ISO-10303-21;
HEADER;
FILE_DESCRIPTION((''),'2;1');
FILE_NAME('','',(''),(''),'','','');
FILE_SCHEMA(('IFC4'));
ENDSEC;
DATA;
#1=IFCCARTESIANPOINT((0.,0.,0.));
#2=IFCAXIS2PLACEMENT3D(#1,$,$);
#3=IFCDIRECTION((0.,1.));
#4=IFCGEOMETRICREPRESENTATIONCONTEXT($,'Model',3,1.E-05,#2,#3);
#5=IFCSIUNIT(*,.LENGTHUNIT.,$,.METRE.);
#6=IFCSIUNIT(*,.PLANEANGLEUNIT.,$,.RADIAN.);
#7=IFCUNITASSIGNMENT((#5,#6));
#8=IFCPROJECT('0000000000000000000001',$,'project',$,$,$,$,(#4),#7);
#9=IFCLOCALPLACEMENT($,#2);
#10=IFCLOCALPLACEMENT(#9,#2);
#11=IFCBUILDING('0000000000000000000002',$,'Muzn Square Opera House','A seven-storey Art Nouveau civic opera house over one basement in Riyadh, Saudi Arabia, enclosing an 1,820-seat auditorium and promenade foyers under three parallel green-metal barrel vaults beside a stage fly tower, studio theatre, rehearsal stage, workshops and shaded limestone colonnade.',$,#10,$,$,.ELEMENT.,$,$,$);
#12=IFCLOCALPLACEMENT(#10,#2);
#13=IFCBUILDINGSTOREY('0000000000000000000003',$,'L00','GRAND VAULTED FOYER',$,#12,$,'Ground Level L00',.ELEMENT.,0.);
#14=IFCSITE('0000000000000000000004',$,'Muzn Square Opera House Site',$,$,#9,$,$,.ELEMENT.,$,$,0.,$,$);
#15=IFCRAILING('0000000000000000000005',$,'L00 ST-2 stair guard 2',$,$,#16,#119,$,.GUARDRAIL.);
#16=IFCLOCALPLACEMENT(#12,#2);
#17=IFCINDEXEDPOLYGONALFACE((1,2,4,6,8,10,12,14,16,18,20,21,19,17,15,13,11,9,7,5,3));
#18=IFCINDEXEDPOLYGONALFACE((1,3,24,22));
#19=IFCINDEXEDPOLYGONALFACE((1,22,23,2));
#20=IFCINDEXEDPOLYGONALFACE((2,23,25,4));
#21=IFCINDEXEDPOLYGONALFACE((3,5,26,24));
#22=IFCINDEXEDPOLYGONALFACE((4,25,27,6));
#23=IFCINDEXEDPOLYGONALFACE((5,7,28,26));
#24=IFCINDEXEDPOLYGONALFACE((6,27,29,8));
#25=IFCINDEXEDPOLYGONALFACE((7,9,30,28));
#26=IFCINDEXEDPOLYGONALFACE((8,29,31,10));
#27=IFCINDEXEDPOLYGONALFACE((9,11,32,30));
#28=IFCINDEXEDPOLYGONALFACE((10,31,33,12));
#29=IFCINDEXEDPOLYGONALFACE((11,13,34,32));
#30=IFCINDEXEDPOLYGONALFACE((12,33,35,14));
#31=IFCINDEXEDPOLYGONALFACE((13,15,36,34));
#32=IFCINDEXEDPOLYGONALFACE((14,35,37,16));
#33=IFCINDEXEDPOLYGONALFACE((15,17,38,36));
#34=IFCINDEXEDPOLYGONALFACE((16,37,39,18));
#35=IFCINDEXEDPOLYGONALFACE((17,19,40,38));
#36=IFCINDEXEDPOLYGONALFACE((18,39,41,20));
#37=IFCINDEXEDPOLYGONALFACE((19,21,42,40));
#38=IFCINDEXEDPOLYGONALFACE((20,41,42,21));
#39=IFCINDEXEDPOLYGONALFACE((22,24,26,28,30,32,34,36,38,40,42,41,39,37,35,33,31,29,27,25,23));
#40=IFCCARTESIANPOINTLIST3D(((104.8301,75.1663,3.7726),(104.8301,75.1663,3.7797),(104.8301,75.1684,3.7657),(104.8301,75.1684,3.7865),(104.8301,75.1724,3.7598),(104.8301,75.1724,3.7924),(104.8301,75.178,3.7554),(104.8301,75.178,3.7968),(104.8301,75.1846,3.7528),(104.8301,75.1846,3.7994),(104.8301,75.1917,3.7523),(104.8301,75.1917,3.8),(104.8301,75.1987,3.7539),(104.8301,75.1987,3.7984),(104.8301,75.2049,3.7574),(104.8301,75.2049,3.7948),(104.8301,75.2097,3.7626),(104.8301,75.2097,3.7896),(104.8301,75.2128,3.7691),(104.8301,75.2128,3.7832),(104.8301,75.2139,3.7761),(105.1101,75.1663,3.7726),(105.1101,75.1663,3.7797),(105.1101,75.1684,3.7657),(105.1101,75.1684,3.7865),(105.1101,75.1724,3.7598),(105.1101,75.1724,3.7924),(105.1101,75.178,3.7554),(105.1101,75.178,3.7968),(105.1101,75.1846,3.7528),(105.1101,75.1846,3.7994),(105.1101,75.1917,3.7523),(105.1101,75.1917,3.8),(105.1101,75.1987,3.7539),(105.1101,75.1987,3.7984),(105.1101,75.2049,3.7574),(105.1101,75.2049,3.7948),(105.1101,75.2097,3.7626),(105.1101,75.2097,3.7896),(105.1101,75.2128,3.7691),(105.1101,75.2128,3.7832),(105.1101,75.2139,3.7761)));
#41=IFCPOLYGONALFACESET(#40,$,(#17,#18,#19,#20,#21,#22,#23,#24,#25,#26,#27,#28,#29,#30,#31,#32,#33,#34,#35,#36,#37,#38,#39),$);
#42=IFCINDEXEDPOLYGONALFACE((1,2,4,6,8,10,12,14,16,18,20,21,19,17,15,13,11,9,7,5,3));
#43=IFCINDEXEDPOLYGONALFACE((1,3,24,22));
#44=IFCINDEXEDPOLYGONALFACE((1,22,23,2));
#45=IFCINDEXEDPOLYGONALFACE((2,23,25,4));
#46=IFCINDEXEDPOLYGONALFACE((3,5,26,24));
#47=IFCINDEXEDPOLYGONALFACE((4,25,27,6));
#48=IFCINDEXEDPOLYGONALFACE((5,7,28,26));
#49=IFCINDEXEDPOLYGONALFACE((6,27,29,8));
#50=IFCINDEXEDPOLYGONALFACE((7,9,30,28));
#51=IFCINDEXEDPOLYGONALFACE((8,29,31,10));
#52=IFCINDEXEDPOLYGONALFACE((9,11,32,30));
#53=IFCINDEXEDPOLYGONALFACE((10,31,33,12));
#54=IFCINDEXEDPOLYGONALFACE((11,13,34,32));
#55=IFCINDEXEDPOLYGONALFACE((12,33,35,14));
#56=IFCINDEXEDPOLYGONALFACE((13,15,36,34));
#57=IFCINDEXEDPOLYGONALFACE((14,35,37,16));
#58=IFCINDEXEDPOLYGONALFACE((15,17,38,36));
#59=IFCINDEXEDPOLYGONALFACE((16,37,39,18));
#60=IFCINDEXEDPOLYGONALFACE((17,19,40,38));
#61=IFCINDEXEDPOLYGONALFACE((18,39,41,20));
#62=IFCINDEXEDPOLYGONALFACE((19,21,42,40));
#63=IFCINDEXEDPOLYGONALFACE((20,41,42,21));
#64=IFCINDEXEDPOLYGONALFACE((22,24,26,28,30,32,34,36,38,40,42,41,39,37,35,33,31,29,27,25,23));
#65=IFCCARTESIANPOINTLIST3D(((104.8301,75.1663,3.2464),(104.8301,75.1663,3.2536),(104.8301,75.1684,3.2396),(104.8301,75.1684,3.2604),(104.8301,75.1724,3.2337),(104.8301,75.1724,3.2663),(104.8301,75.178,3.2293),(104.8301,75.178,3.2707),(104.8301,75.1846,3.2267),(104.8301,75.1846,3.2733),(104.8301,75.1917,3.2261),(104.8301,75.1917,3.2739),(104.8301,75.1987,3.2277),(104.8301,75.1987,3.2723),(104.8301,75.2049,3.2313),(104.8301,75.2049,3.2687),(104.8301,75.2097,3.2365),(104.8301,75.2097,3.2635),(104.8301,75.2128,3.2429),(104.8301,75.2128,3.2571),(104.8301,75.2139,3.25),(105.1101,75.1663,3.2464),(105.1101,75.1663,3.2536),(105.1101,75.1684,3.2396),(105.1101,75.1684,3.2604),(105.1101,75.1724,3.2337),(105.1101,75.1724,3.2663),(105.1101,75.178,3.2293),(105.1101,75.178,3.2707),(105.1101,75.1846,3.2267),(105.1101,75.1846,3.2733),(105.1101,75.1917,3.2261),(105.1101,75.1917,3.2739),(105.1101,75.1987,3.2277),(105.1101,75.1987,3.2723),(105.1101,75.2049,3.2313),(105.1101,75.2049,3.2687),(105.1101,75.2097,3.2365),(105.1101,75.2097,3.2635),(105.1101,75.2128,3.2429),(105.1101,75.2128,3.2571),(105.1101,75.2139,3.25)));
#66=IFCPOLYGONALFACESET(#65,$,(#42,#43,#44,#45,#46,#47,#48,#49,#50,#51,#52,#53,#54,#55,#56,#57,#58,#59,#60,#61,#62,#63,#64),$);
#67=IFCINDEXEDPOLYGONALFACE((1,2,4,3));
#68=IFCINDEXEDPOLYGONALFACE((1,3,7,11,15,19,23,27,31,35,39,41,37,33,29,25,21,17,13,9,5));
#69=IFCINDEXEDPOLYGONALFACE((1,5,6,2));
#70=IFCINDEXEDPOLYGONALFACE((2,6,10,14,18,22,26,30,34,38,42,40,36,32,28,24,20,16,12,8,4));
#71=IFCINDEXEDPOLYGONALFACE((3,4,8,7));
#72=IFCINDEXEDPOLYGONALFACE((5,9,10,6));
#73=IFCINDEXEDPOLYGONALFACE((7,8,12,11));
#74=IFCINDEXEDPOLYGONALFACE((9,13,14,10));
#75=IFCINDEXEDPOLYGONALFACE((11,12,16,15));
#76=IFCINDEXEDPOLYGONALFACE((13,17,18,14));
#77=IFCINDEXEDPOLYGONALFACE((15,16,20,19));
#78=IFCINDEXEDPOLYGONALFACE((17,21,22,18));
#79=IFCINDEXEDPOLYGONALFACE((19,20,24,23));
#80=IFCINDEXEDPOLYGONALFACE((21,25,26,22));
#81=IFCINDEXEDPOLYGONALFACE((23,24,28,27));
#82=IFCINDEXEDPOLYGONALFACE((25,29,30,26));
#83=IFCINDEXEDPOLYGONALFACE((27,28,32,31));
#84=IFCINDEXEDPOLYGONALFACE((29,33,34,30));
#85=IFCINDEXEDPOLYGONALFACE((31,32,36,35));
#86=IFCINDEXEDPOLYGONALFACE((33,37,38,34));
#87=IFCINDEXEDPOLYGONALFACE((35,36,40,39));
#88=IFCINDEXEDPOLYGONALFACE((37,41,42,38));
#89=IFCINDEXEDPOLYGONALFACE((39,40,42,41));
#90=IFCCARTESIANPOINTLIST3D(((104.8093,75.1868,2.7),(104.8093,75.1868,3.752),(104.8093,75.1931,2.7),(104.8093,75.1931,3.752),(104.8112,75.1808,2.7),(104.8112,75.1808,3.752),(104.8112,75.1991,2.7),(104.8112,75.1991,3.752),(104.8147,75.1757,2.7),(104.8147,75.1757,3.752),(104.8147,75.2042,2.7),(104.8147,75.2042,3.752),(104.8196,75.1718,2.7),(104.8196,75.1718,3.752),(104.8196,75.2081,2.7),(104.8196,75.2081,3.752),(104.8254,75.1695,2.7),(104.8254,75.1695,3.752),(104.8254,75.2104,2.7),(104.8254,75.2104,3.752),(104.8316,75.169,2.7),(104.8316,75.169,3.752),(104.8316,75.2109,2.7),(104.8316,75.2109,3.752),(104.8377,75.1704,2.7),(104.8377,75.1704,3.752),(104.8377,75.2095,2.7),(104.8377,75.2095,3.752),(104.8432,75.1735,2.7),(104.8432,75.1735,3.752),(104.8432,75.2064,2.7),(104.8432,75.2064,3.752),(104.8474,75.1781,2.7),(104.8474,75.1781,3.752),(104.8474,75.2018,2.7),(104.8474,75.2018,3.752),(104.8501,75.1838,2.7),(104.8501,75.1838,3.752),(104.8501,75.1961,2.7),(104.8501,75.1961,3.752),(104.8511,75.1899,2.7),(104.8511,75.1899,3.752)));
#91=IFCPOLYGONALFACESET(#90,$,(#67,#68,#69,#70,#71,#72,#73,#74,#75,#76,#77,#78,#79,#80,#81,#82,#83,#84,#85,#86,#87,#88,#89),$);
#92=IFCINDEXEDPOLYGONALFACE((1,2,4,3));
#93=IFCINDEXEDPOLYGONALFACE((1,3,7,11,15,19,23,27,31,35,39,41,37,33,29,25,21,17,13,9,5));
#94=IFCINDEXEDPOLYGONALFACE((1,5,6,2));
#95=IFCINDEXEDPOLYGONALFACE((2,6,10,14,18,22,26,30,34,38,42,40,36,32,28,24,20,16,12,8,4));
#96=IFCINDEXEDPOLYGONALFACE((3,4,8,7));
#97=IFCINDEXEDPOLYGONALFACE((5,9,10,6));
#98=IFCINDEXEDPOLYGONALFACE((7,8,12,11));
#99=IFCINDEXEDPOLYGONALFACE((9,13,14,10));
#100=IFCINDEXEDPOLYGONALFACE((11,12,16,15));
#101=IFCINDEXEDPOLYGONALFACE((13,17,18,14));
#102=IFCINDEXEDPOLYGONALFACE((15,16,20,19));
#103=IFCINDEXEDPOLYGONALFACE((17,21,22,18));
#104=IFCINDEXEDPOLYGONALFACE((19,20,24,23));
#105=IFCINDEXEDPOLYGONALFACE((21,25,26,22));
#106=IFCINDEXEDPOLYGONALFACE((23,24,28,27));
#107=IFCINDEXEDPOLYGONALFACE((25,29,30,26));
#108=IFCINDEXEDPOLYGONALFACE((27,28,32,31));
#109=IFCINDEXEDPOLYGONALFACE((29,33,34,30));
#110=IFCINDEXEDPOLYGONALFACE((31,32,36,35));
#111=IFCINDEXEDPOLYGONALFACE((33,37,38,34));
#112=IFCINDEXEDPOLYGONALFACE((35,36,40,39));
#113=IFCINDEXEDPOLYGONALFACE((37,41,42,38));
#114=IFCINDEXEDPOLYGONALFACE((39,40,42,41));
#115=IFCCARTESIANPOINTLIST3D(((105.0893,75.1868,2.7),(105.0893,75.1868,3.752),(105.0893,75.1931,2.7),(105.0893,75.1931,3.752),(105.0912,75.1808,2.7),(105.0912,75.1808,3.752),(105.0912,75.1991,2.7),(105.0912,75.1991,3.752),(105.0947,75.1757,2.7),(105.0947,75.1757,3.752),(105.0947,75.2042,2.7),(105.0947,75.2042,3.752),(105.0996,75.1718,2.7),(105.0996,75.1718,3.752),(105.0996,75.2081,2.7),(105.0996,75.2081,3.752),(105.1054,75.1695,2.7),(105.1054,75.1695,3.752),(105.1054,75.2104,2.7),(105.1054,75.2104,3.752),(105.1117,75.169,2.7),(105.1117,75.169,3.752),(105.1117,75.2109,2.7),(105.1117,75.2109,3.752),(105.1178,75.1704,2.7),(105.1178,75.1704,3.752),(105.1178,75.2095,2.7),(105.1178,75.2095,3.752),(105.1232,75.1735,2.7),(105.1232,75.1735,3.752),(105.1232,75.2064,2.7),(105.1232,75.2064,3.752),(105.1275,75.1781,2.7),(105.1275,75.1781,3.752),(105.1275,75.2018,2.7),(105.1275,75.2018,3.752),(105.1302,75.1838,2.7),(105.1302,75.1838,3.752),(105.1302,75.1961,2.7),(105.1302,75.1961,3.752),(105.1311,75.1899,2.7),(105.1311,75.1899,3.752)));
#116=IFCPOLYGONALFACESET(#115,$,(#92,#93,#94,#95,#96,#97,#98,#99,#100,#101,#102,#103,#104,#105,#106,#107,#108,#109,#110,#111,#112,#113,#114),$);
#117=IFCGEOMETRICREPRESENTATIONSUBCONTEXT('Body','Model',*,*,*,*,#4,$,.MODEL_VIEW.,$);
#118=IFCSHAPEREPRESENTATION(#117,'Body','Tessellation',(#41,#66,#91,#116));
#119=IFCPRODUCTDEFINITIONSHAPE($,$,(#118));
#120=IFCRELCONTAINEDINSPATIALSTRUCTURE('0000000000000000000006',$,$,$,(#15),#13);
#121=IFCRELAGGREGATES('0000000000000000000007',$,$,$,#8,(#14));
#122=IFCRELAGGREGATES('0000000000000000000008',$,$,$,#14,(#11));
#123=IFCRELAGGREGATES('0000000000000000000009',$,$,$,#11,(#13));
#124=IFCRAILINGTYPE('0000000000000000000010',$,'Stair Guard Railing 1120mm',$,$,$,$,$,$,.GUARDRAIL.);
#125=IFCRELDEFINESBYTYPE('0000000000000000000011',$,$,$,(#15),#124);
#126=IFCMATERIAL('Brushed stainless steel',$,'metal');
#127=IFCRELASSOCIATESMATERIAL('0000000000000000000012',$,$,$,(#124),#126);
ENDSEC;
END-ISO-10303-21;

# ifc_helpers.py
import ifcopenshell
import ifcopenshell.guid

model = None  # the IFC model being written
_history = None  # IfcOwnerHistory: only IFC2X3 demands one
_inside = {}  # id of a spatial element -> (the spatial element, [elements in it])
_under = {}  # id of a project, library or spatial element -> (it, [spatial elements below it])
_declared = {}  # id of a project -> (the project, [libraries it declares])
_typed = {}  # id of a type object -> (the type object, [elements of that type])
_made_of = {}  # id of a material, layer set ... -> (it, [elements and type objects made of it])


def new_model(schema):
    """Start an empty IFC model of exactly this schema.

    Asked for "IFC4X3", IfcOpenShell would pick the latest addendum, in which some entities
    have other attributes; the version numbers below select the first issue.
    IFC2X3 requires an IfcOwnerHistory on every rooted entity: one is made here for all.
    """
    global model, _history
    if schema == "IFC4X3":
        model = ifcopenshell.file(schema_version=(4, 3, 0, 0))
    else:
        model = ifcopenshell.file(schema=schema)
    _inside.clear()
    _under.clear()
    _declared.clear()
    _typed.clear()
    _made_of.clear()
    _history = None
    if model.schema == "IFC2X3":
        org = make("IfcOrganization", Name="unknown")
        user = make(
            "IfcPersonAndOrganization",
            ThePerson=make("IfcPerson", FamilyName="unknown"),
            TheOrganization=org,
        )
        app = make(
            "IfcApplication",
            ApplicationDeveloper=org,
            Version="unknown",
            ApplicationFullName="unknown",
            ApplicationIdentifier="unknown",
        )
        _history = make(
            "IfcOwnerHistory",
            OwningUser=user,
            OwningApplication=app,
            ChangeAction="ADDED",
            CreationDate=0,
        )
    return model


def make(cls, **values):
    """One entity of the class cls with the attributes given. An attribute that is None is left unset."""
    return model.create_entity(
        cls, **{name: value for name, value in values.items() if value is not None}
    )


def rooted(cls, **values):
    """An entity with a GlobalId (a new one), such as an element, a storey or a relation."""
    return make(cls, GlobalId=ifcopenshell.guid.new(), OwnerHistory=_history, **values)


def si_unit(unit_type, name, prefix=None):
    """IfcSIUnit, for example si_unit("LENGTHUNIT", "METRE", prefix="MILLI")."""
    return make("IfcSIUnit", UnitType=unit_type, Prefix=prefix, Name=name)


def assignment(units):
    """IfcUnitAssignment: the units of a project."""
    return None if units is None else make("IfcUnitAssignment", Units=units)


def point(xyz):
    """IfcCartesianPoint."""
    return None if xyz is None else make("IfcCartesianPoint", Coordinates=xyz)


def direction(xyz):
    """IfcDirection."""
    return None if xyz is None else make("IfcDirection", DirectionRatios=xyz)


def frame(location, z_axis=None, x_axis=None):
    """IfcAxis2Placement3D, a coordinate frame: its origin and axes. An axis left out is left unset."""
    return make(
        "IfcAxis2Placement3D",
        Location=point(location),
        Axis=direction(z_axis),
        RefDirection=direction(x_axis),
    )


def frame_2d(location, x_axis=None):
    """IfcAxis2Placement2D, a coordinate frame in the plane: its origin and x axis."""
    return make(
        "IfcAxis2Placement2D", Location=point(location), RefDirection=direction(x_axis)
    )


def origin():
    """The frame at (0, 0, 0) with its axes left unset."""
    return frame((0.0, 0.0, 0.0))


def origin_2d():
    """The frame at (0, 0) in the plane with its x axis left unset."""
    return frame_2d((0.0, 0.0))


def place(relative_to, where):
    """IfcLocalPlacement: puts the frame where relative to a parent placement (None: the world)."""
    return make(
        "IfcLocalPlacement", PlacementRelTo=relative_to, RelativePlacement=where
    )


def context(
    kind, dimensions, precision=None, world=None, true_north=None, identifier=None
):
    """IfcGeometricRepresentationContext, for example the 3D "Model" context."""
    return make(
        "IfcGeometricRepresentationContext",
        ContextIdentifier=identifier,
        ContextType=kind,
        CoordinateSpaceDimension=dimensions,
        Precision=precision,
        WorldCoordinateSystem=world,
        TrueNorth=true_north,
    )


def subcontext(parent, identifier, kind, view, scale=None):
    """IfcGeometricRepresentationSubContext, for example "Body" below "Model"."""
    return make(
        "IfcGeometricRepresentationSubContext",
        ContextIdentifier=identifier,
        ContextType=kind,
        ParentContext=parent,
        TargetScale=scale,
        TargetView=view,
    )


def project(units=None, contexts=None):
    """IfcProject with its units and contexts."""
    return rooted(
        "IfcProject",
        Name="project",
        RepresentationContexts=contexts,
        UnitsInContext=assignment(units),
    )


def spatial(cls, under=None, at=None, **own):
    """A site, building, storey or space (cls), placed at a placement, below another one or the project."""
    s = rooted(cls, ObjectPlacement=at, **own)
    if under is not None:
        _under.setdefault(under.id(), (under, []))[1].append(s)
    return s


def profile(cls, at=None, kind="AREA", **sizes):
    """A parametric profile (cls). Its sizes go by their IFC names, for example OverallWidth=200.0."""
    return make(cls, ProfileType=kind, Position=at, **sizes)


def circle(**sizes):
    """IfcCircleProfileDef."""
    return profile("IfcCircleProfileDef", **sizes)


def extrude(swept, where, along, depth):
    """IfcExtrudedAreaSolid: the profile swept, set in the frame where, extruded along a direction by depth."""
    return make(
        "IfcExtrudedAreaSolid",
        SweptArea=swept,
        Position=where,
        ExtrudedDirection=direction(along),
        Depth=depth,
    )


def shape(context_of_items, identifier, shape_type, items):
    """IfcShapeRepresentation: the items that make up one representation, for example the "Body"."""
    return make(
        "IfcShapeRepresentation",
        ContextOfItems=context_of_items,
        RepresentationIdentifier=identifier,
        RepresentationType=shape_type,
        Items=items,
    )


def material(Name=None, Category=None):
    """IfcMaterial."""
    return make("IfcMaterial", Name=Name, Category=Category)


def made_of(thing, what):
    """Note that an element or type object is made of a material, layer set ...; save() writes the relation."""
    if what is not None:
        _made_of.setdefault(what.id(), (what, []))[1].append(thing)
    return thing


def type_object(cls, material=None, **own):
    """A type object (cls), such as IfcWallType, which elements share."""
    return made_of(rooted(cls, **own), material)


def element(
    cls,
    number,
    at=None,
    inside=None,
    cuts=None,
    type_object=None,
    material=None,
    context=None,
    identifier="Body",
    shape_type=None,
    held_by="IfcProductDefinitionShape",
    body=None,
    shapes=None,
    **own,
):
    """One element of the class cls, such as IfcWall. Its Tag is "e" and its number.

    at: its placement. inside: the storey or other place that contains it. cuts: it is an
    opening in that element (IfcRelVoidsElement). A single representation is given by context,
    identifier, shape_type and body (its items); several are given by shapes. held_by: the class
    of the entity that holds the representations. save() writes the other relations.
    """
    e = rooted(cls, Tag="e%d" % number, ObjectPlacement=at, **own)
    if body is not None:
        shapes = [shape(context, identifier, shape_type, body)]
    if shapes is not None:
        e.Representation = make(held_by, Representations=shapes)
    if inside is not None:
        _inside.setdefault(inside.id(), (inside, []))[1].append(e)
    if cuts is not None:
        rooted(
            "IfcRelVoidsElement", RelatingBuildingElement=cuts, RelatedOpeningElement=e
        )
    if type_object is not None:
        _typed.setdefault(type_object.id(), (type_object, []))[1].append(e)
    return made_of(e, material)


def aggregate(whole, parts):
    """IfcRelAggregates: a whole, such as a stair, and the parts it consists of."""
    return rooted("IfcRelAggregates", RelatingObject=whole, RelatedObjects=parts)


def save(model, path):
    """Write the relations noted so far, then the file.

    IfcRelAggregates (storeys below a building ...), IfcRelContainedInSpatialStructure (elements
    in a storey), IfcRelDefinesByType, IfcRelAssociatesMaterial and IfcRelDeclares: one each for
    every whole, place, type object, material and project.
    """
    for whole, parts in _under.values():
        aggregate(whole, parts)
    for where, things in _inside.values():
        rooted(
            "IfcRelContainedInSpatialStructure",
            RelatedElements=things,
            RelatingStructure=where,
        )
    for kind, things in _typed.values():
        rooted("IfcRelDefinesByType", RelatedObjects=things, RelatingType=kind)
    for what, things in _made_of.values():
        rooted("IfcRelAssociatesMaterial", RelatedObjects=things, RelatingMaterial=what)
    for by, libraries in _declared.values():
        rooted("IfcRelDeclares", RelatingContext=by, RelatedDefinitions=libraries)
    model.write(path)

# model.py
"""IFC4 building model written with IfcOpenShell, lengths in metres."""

from ifc_helpers import new_model, si_unit, direction, frame, origin, origin_2d, place, context, subcontext, project, spatial, circle, extrude, material, type_object, element, save


model = new_model("IFC4")

# Units and contexts
model_context = context("Model", 3, precision=1e-05, world=origin(), true_north=direction((0.0, 1.0)))
body_context = subcontext(model_context, "Body", "Model", "MODEL_VIEW")
ifc_project = project(units=[si_unit("LENGTHUNIT", "METRE"), si_unit("PLANEANGLEUNIT", "RADIAN")], contexts=[model_context])

# Site, building, storey
site_placement = place(None, origin())
site = spatial("IfcSite", under=ifc_project, at=site_placement, Name="Muzn Square Opera House Site", CompositionType="ELEMENT", RefElevation=0.0)
building_placement = place(site_placement, origin())
building = spatial("IfcBuilding", under=site, at=building_placement, Name="Muzn Square Opera House", Description="A seven-storey Art Nouveau civic opera house over one basement in Riyadh, Saudi Arabia, enclosing an 1,820-seat auditorium and promenade foyers under three parallel green-metal barrel vaults beside a stage fly tower, studio theatre, rehearsal stage, workshops and shaded limestone colonnade.", CompositionType="ELEMENT")
storey_placement = place(building_placement, origin())
storey = spatial("IfcBuildingStorey", under=building, at=storey_placement, Name="L00", Description="GRAND VAULTED FOYER", LongName="Ground Level L00", CompositionType="ELEMENT", Elevation=0.0)

# Shared definitions
ifc_material_1 = material(Name="Brushed stainless steel", Category="metal")

# Railing
railing_type_1 = type_object("IfcRailingType", Name="Stair Guard Railing 1120mm", PredefinedType="GUARDRAIL", material=ifc_material_1)
railing_1_placement = place(storey_placement, frame((104.8301, 75.1899, 2.7)))
element("IfcRailing", 1, at=railing_1_placement, inside=storey, type_object=railing_type_1, Name="L00 ST-2 stair guard 2", PredefinedType="GUARDRAIL", context=body_context, shape_type="SweptSolid", body=[
    extrude(circle(Radius=0.0239, at=origin_2d()), frame((0.0, 0.0, 1.0762), z_axis=(1.0, 0.0, 0.0), x_axis=(0.0, 1.0, 0.0)), (0.0, 0.0, 1.0), 0.28),
    extrude(circle(Radius=0.0239, at=origin_2d()), frame((0.0, 0.0, 0.55), z_axis=(1.0, 0.0, 0.0), x_axis=(0.0, 1.0, 0.0)), (0.0, 0.0, 1.0), 0.28),
    extrude(circle(Radius=0.021, at=origin_2d()), origin(), (0.0, 0.0, 1.0), 1.052),
    extrude(circle(Radius=0.021, at=origin_2d()), frame((0.28, 0.0, 0.0)), (0.0, 0.0, 1.0), 1.052),
])

save(model, "model.ifc")
